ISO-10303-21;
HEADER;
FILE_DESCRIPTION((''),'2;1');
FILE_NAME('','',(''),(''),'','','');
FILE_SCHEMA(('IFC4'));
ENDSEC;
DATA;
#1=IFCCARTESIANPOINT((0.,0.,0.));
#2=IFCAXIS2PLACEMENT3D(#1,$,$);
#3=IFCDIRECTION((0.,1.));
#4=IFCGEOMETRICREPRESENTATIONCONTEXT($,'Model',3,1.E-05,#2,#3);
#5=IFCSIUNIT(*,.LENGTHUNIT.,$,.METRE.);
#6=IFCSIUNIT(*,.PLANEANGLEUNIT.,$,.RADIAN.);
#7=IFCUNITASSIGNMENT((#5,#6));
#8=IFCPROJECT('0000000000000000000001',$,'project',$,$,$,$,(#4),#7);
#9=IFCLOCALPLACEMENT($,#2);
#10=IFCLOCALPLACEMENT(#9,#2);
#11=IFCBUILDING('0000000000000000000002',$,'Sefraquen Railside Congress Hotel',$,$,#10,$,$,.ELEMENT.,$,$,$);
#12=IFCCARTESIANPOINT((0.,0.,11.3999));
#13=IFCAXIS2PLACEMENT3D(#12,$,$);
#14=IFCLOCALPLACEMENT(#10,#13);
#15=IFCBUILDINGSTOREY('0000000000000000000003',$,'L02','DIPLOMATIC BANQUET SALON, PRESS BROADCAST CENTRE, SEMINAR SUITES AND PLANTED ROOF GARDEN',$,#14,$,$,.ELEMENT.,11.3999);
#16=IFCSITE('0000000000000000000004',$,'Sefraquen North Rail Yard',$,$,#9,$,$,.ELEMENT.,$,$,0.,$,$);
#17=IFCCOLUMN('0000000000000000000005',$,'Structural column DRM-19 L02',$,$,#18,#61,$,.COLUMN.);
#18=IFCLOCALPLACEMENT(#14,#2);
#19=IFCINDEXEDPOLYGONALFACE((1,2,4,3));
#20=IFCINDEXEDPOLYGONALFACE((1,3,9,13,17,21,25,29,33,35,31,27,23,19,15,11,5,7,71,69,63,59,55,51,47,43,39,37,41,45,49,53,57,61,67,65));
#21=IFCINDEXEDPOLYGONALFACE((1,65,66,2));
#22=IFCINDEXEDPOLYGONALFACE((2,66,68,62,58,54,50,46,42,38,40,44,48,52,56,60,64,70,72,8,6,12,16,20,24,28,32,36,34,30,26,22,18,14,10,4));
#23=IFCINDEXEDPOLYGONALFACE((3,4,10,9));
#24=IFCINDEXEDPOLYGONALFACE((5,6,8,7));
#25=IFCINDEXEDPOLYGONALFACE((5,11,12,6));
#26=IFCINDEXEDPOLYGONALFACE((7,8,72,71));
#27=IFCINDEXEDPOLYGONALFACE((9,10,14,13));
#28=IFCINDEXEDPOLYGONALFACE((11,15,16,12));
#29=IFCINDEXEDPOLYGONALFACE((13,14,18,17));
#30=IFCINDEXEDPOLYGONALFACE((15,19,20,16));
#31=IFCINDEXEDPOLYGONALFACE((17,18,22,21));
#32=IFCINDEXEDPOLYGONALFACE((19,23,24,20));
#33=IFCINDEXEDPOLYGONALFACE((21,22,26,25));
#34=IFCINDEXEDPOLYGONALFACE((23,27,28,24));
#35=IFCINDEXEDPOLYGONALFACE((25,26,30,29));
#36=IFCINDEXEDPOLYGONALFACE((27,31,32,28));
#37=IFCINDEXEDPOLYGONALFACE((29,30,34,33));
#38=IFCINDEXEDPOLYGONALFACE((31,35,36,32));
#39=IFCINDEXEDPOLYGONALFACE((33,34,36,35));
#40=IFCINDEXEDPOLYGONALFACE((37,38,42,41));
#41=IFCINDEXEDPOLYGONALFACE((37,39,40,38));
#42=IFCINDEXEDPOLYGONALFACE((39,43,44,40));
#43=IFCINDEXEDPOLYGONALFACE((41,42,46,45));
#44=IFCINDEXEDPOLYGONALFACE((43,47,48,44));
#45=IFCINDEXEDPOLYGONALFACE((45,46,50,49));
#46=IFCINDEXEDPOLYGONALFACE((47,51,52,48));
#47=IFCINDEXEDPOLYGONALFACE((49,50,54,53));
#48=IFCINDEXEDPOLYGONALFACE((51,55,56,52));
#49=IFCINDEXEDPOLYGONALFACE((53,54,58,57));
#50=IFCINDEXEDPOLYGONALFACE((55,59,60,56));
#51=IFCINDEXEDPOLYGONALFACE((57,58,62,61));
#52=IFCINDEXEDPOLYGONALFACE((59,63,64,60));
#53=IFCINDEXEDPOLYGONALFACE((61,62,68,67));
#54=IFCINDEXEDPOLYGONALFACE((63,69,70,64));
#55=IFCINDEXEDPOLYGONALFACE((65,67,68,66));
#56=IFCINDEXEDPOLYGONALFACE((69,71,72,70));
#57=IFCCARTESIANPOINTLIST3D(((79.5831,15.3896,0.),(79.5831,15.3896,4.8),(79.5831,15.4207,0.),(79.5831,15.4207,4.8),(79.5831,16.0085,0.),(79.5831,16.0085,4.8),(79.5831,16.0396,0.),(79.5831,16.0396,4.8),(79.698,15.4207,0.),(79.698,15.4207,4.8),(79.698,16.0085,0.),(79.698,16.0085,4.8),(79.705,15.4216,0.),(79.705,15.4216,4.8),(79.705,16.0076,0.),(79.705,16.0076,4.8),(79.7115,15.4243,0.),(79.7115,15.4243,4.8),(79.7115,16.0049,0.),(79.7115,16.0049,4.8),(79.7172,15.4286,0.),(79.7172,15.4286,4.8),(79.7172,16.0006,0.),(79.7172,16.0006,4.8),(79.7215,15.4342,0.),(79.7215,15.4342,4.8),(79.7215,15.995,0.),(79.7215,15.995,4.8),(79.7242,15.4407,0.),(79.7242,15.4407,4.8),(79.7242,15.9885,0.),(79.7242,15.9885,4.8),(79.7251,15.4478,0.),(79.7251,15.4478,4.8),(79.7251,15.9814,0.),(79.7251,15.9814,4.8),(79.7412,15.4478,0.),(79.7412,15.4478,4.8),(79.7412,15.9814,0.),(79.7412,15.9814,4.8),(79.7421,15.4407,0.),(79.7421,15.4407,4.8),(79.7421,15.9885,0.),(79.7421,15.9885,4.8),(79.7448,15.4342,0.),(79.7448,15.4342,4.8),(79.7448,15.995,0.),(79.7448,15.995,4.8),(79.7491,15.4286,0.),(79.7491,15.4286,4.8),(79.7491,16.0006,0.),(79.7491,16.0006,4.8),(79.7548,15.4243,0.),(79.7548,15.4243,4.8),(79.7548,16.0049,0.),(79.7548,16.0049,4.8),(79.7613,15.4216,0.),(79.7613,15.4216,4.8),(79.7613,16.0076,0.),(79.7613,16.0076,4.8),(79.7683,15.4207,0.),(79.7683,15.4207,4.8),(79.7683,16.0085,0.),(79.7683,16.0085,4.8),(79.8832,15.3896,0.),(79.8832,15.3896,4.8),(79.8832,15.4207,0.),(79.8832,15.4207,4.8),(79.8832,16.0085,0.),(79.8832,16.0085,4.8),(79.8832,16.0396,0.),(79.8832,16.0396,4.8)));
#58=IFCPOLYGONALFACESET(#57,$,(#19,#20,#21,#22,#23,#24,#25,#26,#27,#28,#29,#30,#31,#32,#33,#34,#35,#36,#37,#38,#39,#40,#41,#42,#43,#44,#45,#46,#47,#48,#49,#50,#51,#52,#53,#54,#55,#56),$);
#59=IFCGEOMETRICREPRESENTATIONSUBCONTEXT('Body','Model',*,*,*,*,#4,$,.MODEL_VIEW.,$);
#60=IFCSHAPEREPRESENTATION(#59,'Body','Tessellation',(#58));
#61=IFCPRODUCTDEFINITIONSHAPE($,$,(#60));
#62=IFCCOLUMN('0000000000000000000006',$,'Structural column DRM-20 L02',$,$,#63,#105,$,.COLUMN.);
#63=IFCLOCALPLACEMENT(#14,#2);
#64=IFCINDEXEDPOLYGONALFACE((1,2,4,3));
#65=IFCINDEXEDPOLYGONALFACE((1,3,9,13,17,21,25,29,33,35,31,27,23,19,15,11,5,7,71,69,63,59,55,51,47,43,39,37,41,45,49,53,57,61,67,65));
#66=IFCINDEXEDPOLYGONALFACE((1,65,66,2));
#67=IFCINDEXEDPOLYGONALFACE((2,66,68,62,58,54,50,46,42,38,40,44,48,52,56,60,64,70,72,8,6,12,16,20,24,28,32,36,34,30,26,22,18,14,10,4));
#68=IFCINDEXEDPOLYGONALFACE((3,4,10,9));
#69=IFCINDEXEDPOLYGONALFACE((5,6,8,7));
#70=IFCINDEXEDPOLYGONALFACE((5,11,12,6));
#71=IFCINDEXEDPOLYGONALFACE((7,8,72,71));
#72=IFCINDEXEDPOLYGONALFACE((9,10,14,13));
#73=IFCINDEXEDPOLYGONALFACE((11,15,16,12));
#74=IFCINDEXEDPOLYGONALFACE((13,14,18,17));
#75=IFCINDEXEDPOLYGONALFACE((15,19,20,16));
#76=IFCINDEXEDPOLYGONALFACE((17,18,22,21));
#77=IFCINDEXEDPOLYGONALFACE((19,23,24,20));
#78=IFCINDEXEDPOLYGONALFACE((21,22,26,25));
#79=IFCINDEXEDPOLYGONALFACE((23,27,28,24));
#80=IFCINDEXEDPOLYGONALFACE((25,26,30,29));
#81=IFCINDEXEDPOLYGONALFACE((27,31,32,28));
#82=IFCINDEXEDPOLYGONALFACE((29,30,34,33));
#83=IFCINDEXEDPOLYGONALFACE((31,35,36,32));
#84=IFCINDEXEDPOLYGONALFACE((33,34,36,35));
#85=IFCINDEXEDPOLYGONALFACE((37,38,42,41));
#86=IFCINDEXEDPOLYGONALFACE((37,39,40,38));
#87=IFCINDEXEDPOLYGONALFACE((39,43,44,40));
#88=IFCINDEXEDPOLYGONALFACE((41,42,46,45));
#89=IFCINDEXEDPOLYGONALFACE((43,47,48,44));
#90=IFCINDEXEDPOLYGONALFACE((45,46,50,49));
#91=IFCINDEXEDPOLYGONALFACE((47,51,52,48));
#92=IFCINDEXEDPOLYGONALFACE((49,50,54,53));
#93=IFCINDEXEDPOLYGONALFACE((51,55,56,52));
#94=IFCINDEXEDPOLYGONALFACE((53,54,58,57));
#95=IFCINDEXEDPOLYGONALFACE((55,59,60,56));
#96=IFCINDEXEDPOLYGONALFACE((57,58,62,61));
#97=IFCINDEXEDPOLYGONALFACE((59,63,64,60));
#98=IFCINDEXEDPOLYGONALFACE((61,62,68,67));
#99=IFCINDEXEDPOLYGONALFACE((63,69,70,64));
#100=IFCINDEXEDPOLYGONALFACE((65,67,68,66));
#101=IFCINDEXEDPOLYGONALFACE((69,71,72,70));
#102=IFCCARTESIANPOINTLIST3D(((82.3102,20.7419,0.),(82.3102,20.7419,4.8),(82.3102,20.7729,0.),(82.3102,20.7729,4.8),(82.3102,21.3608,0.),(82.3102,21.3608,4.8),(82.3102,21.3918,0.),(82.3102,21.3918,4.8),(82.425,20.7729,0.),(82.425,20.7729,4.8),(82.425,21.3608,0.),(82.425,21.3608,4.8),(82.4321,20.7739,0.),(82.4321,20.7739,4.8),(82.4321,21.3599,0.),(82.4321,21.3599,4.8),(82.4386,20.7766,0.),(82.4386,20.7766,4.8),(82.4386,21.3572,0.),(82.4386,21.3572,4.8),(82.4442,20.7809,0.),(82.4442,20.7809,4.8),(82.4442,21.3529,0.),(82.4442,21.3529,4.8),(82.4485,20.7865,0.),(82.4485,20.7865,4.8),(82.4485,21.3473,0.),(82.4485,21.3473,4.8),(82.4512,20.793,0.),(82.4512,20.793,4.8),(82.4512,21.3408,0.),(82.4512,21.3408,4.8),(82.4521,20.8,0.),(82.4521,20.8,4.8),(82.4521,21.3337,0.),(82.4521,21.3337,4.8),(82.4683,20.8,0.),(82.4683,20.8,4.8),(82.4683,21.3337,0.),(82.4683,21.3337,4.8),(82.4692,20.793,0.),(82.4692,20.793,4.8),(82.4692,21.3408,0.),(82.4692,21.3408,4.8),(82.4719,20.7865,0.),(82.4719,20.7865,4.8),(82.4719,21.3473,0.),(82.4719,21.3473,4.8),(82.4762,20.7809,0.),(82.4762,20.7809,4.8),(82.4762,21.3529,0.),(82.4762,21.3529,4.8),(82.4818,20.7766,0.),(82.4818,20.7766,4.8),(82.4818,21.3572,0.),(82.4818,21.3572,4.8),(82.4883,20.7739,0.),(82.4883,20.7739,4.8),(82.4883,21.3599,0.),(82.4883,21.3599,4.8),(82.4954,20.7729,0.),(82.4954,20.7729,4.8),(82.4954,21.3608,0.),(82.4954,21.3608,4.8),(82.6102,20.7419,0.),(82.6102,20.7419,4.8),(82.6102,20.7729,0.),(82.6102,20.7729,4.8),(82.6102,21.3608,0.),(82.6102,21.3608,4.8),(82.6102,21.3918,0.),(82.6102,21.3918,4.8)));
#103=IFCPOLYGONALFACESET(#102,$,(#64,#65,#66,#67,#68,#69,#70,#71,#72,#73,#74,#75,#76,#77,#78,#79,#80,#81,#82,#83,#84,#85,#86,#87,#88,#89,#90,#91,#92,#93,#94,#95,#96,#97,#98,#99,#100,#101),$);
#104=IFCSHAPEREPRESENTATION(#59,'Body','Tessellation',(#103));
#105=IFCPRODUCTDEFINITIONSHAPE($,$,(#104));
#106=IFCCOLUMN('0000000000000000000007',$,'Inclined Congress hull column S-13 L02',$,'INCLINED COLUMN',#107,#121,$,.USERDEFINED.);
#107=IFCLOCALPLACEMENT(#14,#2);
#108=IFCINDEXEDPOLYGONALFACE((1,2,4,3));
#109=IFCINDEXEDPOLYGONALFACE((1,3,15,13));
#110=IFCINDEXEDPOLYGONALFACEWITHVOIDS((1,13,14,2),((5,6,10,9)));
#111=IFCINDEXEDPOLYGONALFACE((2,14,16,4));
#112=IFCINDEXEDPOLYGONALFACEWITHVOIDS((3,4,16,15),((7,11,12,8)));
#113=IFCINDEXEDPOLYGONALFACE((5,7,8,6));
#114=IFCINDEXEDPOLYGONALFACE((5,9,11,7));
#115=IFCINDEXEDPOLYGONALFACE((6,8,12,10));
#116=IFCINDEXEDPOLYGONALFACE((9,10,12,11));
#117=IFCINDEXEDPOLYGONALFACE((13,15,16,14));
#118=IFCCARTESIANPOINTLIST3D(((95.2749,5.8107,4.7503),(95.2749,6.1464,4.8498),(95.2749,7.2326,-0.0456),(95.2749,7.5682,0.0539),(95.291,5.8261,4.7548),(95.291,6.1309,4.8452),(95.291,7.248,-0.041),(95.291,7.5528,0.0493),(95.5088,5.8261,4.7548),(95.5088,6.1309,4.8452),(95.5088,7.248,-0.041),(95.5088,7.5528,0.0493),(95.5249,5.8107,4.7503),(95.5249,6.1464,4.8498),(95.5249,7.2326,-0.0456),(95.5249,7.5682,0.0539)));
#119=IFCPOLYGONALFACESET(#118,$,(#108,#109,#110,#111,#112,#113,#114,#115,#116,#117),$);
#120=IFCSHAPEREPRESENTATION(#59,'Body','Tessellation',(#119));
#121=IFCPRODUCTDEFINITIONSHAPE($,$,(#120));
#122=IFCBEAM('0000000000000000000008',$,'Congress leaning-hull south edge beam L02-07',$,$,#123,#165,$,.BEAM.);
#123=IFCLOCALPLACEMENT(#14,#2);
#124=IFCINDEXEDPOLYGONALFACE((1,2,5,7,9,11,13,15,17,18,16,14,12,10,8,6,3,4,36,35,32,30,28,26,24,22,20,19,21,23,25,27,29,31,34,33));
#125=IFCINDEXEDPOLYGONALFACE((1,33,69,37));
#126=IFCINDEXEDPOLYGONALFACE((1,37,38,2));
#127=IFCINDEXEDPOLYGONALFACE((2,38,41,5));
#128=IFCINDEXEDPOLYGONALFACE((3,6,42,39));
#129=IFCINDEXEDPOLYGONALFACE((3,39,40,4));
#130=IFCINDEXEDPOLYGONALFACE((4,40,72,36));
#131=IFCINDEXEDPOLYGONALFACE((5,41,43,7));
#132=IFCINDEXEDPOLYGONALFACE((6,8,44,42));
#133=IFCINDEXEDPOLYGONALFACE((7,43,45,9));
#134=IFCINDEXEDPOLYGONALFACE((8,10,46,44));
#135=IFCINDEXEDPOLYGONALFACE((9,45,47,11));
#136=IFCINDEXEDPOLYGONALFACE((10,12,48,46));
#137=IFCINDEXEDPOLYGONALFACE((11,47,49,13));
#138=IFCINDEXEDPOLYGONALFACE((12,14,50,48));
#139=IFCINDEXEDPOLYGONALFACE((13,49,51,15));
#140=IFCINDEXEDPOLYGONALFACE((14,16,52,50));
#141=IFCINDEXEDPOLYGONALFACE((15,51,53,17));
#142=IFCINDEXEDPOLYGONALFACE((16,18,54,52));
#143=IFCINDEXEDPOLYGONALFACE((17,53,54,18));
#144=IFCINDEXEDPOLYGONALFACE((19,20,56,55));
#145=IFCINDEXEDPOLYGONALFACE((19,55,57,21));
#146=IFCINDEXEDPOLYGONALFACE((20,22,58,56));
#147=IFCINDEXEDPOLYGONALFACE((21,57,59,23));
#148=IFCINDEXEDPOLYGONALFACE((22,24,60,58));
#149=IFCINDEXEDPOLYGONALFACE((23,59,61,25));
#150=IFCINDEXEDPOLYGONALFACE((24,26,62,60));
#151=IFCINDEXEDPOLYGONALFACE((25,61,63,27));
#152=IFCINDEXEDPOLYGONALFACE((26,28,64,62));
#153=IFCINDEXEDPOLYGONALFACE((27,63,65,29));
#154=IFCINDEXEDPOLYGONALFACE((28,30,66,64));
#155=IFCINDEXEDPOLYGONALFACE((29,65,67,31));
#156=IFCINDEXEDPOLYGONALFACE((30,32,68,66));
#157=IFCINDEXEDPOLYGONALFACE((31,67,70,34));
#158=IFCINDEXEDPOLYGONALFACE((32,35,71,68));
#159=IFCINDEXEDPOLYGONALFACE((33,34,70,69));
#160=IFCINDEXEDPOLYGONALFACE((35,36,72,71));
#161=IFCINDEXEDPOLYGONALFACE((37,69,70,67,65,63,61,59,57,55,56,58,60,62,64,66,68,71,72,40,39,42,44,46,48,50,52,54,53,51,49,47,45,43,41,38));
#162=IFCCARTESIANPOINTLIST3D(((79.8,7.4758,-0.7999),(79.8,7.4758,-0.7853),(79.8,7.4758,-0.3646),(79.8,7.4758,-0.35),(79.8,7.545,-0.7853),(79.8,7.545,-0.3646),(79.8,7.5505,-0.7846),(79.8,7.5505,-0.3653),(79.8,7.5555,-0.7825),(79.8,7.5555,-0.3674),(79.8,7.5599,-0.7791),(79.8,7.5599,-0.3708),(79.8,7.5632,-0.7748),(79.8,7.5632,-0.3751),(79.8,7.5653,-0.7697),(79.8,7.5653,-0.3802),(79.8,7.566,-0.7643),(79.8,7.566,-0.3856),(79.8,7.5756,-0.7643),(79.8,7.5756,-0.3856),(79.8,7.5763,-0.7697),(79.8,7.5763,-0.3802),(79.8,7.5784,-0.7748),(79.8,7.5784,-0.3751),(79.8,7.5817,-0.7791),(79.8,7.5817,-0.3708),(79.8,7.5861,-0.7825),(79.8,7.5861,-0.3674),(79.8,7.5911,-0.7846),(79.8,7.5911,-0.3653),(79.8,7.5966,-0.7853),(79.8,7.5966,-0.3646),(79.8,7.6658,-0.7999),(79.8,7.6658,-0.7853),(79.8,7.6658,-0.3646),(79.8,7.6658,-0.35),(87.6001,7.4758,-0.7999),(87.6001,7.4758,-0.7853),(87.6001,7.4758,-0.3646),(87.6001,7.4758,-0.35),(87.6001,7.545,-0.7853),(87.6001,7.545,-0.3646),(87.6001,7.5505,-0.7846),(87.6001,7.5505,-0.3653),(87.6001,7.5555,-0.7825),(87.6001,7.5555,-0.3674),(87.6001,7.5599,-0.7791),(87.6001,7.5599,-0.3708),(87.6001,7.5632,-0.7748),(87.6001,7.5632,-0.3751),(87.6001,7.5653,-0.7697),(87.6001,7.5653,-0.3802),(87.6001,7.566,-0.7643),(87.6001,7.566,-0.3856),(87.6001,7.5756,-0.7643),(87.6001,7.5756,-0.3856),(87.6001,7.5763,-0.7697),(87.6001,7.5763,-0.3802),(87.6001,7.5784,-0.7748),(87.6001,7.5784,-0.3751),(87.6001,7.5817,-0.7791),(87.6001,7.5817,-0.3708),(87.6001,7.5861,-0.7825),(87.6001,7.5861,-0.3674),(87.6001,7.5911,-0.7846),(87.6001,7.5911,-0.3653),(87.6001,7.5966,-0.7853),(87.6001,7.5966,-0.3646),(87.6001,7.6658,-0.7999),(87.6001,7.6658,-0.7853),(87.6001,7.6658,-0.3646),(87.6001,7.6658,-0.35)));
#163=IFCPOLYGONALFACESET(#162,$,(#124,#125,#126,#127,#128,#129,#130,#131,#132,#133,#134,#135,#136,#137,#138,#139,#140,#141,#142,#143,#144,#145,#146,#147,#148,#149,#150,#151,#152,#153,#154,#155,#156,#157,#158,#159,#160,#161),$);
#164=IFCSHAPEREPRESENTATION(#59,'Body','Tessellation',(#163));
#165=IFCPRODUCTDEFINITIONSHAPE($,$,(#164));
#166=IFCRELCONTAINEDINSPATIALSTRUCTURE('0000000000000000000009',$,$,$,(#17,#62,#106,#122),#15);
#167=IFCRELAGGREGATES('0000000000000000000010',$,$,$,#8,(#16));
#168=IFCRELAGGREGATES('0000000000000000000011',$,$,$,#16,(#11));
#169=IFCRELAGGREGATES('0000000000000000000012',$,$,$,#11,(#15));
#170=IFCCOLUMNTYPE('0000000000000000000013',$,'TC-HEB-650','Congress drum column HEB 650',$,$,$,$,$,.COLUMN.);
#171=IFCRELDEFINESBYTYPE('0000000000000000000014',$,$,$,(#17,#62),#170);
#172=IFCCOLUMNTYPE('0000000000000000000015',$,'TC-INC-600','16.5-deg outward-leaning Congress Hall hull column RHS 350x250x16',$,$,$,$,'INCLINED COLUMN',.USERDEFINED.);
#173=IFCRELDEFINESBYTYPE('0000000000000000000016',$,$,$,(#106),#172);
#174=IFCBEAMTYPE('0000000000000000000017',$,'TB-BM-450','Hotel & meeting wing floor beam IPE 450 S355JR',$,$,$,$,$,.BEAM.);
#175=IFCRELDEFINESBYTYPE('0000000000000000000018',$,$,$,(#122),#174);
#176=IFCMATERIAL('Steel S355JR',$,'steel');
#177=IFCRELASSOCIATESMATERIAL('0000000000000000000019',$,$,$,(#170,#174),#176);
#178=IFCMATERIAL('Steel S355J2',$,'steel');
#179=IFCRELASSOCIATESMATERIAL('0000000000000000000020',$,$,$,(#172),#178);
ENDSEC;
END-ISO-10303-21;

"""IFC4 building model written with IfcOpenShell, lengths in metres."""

from ifc_helpers import new_model, si_unit, direction, frame, origin, origin_2d, place, context, subcontext, project, spatial, hollow_rectangle, i_section, extrude, material, material_profile, profile_set, type_object, element, save


model = new_model("IFC4")

# Units and contexts
model_context = context("Model", 3, precision=1e-05, world=origin(), true_north=direction((0.0, 1.0)))
body_context = subcontext(model_context, "Body", "Model", "MODEL_VIEW")
ifc_project = project(units=[si_unit("LENGTHUNIT", "METRE"), si_unit("PLANEANGLEUNIT", "RADIAN")], contexts=[model_context])

# Site, building, storey
site_placement = place(None, origin())
site = spatial("IfcSite", under=ifc_project, at=site_placement, Name="Sefraquen North Rail Yard", CompositionType="ELEMENT", RefElevation=0.0)
building_placement = place(site_placement, origin())
building = spatial("IfcBuilding", under=site, at=building_placement, Name="Sefraquen Railside Congress Hotel", CompositionType="ELEMENT")
storey_placement = place(building_placement, frame((0.0, 0.0, 11.3999)))
storey = spatial("IfcBuildingStorey", under=building, at=storey_placement, Name="L02", Description="DIPLOMATIC BANQUET SALON, PRESS BROADCAST CENTRE, SEMINAR SUITES AND PLANTED ROOF GARDEN", CompositionType="ELEMENT", Elevation=11.3999)

# Columns
ifc_material_1 = material(Name="Steel S355JR", Category="steel")
ifc_material_profile_1 = material_profile(ifc_material_1, i_section(OverallWidth=0.3, OverallDepth=0.6499, WebThickness=0.0161, FlangeThickness=0.031, FilletRadius=0.0271, at=origin_2d()), Name="HEB 650")
ifc_profile_set_1 = profile_set([ifc_material_profile_1], Name="Steel S355JR")
column_type_1 = type_object("IfcColumnType", Name="TC-HEB-650", Description="Congress drum column HEB 650", PredefinedType="COLUMN", material=ifc_profile_set_1)
for number, where, z_axis, x_axis, name in (
    (1, (79.7332, 15.7146, 0.0), (0.0, 0.0, 1.0), (1.0, 0.0, 0.0), "Structural column DRM-19 L02"),
    (2, (82.4602, 21.0669, 0.0), (0.0, 0.0, 1.0), (1.0, 0.0, 0.0), "Structural column DRM-20 L02"),
):
    element("IfcColumn", number, at=place(storey_placement, frame(where, z_axis=z_axis, x_axis=x_axis)), inside=storey, type_object=column_type_1, Name=name, PredefinedType="COLUMN", context=body_context, shape_type="SweptSolid", body=[
        extrude(i_section(OverallWidth=0.3, OverallDepth=0.6499, WebThickness=0.0161, FlangeThickness=0.031, FilletRadius=0.0271, at=origin_2d()), origin(), (0.0, 0.0, 1.0), 4.8),
    ])
ifc_material_2 = material(Name="Steel S355J2", Category="steel")
ifc_material_profile_2 = material_profile(ifc_material_2, hollow_rectangle(XDim=0.25, YDim=0.3501, WallThickness=0.0161, at=origin_2d()), Name="RHS 350x250x16")
ifc_profile_set_2 = profile_set([ifc_material_profile_2], Name="Steel S355J2")
column_type_2 = type_object("IfcColumnType", Name="TC-INC-600", Description="16.5-deg outward-leaning Congress Hall hull column RHS 350x250x16", ElementType="INCLINED COLUMN", PredefinedType="USERDEFINED", material=ifc_profile_set_2)
column_placement = place(storey_placement, frame((95.3999, 7.4004, 0.0042), z_axis=(0.0, -0.284248, 0.958751), x_axis=(1.0, 0.0, 0.0)))
element("IfcColumn", 3, at=column_placement, inside=storey, type_object=column_type_2, Name="Inclined Congress hull column S-13 L02", ObjectType="INCLINED COLUMN", PredefinedType="USERDEFINED", context=body_context, shape_type="SweptSolid", body=[
    extrude(hollow_rectangle(XDim=0.25, YDim=0.3501, WallThickness=0.0161, at=origin_2d()), origin(), (0.0, 0.0, 1.0), 5.0022),
])

# Beam
ifc_material_profile_3 = material_profile(ifc_material_1, i_section(OverallWidth=0.1899, OverallDepth=0.45, WebThickness=0.0095, FlangeThickness=0.0146, FilletRadius=0.021, at=origin_2d()), Name="IPE 450")
ifc_profile_set_3 = profile_set([ifc_material_profile_3], Name="Steel S355JR")
beam_type_1 = type_object("IfcBeamType", Name="TB-BM-450", Description="Hotel & meeting wing floor beam IPE 450 S355JR", PredefinedType="BEAM", material=ifc_profile_set_3)
beam_1_placement = place(storey_placement, frame((79.8, 7.5708, -0.575), z_axis=(1.0, 0.0, 0.0), x_axis=(0.0, 1.0, 0.0)))
element("IfcBeam", 4, at=beam_1_placement, inside=storey, type_object=beam_type_1, Name="Congress leaning-hull south edge beam L02-07", PredefinedType="BEAM", context=body_context, shape_type="SweptSolid", body=[
    extrude(i_section(OverallWidth=0.1899, OverallDepth=0.45, WebThickness=0.0095, FlangeThickness=0.0146, FilletRadius=0.021, at=origin_2d()), origin(), (0.0, 0.0, 1.0), 7.8),
])

save(model, "model.ifc")
